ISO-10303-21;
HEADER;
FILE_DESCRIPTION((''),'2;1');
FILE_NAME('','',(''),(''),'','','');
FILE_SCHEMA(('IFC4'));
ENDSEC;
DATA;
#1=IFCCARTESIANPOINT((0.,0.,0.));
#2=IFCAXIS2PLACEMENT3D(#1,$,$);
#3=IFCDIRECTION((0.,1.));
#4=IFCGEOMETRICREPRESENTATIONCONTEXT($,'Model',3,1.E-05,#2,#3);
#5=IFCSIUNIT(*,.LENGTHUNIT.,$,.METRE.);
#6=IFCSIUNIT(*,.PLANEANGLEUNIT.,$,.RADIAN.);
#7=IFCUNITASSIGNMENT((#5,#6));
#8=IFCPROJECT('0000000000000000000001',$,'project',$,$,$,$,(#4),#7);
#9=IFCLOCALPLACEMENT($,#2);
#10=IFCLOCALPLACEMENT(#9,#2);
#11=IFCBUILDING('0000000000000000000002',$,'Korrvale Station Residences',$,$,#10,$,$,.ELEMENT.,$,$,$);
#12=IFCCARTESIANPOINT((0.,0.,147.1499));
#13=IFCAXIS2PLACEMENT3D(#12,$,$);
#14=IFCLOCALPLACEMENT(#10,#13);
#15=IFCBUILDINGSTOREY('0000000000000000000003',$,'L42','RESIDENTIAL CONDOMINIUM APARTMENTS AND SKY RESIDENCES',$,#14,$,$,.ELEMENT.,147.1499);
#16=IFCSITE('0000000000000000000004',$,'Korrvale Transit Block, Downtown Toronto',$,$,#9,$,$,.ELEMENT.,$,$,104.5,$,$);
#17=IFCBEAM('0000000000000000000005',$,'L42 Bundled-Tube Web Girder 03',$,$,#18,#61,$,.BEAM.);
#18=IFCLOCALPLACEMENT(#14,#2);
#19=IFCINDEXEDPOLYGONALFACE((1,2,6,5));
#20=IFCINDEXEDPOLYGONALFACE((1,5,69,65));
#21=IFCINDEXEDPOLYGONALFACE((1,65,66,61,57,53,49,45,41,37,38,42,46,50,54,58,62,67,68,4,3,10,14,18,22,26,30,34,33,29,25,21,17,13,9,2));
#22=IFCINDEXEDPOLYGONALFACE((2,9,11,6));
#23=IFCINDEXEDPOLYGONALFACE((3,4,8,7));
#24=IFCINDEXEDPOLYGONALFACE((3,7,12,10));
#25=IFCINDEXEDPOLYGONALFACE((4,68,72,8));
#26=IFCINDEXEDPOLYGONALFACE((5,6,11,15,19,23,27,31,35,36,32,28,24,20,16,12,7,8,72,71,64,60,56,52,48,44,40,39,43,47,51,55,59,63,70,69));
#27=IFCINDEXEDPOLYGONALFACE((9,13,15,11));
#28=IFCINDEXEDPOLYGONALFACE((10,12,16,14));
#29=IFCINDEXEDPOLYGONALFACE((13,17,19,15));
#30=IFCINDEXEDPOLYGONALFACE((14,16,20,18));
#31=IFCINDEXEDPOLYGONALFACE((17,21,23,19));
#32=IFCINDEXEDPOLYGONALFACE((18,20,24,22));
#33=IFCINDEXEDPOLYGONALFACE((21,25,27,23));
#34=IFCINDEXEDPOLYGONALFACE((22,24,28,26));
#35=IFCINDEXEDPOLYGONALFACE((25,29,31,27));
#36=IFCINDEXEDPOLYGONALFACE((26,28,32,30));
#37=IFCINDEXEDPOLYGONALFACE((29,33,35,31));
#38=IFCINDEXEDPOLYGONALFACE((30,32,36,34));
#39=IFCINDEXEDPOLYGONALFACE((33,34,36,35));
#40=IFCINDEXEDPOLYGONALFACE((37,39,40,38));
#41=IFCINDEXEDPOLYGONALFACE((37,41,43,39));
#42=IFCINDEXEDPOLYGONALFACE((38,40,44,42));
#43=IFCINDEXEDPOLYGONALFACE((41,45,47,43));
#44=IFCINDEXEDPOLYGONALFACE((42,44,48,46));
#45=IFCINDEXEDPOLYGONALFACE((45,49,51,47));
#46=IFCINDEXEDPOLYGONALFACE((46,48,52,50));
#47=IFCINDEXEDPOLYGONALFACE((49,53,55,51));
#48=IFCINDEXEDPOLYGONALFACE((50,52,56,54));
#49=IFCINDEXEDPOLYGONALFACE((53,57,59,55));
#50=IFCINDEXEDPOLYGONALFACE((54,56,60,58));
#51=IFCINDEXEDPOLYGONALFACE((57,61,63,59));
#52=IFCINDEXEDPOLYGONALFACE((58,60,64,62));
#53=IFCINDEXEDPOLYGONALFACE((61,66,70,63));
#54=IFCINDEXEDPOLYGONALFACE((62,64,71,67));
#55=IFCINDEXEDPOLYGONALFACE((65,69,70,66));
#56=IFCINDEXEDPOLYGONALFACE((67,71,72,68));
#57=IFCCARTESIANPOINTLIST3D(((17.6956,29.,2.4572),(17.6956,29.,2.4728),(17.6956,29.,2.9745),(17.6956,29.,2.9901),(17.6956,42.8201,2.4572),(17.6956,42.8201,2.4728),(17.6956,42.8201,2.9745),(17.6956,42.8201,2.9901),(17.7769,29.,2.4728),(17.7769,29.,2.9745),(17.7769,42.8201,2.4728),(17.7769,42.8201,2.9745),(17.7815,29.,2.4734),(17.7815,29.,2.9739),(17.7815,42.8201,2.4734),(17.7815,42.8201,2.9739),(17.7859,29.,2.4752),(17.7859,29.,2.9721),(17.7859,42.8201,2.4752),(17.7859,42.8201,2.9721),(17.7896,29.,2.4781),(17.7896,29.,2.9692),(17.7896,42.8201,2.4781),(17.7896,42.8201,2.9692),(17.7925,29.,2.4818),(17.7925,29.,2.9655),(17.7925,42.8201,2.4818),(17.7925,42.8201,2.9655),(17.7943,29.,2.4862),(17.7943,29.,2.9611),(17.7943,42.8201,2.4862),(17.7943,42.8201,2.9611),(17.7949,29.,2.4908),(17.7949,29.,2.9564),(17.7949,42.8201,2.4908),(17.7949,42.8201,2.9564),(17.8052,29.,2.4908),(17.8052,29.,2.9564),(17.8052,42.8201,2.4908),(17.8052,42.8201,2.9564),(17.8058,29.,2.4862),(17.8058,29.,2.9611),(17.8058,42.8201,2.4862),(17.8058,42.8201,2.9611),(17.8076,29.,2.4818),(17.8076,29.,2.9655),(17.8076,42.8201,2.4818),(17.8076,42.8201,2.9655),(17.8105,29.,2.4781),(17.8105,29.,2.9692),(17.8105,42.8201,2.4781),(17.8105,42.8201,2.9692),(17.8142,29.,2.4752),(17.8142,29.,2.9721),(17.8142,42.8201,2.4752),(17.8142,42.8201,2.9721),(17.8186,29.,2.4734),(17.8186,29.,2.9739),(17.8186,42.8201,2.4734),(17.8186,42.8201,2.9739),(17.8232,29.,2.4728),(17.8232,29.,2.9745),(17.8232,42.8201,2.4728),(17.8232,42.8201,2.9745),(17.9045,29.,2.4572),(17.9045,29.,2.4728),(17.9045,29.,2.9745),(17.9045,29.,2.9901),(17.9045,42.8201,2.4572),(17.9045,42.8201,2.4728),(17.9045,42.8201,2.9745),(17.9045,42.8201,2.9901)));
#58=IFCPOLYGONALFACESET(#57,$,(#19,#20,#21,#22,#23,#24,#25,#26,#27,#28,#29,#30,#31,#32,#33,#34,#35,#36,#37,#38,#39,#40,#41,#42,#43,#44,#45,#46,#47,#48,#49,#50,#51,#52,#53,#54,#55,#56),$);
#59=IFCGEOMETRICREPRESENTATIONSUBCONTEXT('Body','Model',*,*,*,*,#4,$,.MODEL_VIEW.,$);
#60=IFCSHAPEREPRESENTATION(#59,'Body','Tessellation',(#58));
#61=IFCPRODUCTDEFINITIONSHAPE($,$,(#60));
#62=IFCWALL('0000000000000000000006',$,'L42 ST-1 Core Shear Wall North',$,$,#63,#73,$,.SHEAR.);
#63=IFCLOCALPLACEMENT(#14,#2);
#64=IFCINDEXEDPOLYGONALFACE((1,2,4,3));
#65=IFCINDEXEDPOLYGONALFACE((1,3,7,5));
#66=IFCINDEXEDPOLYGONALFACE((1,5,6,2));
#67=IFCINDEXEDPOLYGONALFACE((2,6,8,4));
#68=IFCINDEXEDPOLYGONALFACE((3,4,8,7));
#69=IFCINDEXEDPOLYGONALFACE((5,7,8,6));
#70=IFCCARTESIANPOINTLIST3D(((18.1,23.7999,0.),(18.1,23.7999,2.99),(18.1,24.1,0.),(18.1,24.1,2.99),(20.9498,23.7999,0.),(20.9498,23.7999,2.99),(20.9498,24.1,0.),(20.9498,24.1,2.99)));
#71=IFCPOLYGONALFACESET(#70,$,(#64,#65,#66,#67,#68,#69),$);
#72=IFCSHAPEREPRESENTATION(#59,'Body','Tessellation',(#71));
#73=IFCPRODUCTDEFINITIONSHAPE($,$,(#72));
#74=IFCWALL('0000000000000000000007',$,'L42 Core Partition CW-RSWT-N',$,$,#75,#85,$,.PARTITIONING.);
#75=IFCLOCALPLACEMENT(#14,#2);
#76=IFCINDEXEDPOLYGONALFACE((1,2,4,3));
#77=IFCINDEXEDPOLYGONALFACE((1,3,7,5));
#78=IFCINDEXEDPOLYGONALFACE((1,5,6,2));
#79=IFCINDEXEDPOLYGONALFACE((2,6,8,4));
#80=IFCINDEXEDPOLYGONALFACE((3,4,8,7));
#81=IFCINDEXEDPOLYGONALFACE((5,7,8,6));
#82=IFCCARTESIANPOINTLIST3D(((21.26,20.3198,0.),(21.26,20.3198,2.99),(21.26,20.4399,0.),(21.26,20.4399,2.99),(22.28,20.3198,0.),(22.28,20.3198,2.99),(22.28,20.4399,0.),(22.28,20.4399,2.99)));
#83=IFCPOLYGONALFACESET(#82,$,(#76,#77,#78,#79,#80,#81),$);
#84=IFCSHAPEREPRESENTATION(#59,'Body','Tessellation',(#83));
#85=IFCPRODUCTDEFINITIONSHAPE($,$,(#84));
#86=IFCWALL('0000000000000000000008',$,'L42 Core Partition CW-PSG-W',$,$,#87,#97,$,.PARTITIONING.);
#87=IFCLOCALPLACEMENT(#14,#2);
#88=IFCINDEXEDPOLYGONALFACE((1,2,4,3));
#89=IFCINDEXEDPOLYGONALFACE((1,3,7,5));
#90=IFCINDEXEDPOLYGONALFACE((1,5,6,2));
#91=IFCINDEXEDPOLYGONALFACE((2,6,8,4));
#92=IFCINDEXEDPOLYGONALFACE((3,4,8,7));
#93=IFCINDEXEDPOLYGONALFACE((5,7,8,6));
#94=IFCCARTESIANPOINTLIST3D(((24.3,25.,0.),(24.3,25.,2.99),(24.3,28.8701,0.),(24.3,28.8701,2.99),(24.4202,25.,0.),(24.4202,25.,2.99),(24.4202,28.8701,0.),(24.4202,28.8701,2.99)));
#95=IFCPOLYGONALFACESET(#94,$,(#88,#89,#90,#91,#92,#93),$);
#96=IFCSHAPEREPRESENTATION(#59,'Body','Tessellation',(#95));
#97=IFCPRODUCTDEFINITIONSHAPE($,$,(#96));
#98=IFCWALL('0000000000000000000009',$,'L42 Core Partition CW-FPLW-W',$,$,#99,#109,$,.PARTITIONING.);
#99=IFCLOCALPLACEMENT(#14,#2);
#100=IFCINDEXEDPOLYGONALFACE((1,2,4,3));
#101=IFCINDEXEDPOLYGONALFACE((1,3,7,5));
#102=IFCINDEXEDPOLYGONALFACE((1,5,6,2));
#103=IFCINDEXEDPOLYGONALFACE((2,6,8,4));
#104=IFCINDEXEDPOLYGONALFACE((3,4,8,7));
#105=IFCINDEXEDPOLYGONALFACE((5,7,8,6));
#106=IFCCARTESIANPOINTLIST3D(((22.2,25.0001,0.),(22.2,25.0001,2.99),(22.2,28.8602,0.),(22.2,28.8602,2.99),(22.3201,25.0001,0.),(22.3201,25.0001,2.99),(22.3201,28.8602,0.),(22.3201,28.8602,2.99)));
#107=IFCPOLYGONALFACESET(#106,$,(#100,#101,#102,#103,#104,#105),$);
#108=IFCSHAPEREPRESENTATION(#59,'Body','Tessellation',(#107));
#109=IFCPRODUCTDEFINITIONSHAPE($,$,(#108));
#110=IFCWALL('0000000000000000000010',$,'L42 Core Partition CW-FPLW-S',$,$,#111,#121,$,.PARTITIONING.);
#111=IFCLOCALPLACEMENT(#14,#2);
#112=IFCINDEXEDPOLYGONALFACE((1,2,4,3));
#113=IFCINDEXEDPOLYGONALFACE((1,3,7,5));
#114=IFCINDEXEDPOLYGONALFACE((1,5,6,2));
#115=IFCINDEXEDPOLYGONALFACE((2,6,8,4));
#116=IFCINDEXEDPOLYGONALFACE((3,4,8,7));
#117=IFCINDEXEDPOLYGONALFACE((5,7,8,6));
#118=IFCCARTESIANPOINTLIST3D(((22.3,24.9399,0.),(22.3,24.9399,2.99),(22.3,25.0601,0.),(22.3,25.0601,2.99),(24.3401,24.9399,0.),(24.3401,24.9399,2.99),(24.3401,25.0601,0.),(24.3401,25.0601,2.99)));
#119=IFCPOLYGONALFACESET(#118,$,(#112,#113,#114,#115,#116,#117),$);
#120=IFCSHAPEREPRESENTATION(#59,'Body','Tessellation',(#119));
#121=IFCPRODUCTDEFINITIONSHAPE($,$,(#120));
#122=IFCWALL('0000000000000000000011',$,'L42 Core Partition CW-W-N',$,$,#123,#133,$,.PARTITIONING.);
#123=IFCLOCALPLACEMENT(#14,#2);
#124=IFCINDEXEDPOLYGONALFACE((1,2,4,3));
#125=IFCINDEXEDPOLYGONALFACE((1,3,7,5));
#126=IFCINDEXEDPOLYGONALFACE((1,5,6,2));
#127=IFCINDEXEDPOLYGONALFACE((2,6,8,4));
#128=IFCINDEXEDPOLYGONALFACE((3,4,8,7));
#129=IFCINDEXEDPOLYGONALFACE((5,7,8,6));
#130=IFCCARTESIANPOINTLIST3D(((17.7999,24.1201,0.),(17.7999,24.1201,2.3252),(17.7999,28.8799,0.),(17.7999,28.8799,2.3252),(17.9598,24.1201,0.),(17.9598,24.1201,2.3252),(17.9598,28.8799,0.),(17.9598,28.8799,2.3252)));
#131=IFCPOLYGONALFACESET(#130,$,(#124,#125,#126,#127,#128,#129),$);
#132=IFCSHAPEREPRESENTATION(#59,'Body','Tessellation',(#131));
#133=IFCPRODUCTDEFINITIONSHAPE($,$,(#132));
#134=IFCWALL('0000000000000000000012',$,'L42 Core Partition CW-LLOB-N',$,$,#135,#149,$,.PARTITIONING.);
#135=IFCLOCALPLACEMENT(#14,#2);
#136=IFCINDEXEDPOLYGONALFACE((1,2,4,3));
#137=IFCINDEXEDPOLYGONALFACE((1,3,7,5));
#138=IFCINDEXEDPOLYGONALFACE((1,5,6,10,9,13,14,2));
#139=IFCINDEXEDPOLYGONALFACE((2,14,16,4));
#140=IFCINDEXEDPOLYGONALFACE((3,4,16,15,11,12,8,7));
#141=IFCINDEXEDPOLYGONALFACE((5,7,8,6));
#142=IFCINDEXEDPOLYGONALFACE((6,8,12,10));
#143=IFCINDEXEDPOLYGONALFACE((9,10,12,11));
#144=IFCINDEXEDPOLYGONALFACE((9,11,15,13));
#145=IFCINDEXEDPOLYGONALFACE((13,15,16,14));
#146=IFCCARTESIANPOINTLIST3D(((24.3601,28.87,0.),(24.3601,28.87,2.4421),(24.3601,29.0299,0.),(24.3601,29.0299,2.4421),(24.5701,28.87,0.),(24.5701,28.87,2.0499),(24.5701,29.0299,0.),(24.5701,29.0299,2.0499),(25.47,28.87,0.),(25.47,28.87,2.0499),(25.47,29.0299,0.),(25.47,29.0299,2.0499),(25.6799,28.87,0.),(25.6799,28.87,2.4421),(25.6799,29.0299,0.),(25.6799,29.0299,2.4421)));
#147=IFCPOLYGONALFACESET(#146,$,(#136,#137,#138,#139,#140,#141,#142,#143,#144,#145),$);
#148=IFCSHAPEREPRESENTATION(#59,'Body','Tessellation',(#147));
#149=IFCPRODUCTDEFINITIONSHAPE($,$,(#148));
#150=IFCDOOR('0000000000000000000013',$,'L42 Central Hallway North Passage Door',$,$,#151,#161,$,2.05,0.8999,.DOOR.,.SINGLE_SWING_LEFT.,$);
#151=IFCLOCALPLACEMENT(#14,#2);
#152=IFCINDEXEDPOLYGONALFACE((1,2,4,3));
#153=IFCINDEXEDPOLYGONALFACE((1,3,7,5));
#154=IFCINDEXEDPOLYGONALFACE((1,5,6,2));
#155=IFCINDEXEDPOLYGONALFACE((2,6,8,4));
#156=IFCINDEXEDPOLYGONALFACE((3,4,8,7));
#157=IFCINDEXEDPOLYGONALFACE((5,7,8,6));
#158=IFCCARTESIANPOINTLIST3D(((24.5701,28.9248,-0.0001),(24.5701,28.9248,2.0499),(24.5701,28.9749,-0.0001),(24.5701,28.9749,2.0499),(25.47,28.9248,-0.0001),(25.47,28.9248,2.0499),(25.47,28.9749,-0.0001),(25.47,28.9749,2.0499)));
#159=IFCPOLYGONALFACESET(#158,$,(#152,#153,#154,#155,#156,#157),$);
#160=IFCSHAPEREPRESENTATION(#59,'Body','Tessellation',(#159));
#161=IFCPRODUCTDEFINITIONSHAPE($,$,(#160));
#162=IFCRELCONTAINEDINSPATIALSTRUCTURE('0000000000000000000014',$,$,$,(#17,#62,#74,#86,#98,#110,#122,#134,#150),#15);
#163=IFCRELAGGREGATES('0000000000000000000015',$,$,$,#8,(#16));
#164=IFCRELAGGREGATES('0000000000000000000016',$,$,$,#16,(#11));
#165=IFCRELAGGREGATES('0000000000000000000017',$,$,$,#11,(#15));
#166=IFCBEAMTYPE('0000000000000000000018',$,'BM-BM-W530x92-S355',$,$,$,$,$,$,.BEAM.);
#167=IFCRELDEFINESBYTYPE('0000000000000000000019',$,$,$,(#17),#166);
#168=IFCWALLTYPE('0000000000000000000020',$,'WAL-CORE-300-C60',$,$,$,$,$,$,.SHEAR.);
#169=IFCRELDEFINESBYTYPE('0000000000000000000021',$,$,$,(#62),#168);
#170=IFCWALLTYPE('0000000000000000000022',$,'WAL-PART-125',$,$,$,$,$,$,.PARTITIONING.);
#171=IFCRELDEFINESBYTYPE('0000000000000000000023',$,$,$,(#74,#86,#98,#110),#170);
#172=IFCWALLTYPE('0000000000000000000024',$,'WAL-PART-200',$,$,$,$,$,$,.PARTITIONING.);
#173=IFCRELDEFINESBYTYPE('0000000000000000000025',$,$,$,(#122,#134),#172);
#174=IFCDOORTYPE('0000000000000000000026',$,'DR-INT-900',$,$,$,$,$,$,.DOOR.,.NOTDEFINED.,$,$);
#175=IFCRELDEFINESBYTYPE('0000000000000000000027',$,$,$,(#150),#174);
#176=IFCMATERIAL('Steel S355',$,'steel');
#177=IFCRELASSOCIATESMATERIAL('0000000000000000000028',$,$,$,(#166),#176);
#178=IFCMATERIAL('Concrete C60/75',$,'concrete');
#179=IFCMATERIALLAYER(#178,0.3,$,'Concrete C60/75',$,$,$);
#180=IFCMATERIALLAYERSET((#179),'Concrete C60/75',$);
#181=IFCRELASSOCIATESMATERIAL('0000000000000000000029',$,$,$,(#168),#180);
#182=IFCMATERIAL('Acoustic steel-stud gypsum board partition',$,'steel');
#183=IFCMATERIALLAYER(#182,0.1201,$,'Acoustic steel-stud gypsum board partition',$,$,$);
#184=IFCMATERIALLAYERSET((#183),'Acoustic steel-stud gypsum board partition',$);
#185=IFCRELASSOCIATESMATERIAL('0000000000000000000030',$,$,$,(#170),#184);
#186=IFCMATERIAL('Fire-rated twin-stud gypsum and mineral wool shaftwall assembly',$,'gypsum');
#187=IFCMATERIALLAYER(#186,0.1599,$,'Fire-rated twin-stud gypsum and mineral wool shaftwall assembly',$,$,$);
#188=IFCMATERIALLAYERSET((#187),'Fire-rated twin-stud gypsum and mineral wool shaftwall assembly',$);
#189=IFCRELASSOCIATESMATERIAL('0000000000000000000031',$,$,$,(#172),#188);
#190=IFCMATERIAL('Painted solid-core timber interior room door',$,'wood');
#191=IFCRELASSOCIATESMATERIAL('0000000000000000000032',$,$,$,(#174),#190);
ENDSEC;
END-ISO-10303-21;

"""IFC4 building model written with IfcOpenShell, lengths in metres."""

from ifc_helpers import new_model, si_unit, direction, frame, frame_2d, origin, origin_2d, place, context, subcontext, project, spatial, rectangle, i_section, extrude, material, layer, layer_set, material_profile, profile_set, type_object, element, fill, save


model = new_model("IFC4")

# Units and contexts
model_context = context("Model", 3, precision=1e-05, world=origin(), true_north=direction((0.0, 1.0)))
body_context = subcontext(model_context, "Body", "Model", "MODEL_VIEW")
ifc_project = project(units=[si_unit("LENGTHUNIT", "METRE"), si_unit("PLANEANGLEUNIT", "RADIAN")], contexts=[model_context])

# Site, building, storey
site_placement = place(None, origin())
site = spatial("IfcSite", under=ifc_project, at=site_placement, Name="Korrvale Transit Block, Downtown Toronto", CompositionType="ELEMENT", RefElevation=104.5)
building_placement = place(site_placement, origin())
building = spatial("IfcBuilding", under=site, at=building_placement, Name="Korrvale Station Residences", CompositionType="ELEMENT")
storey_placement = place(building_placement, frame((0.0, 0.0, 147.1499)))
storey = spatial("IfcBuildingStorey", under=building, at=storey_placement, Name="L42", Description="RESIDENTIAL CONDOMINIUM APARTMENTS AND SKY RESIDENCES", CompositionType="ELEMENT", Elevation=147.1499)

# Beam
ifc_material_1 = material(Name="Steel S355", Category="steel")
ifc_material_profile = material_profile(ifc_material_1, i_section(OverallWidth=0.209, OverallDepth=0.533, WebThickness=0.0103, FlangeThickness=0.0156, FilletRadius=0.0181, at=origin_2d()), Name="W530x92")
ifc_profile_set = profile_set([ifc_material_profile], Name="Steel S355")
beam_type = type_object("IfcBeamType", Name="BM-BM-W530x92-S355", PredefinedType="BEAM", material=ifc_profile_set)
beam_placement = place(storey_placement, frame((17.8, 29.0, 2.7236), z_axis=(0.0, 1.0, 0.0), x_axis=(-1.0, 0.0, 0.0)))
element("IfcBeam", 1, at=beam_placement, inside=storey, type_object=beam_type, Name="L42 Bundled-Tube Web Girder 03", PredefinedType="BEAM", context=body_context, shape_type="SweptSolid", body=[
    extrude(i_section(OverallWidth=0.209, OverallDepth=0.533, WebThickness=0.0103, FlangeThickness=0.0156, FilletRadius=0.0181, at=origin_2d()), origin(), (0.0, 0.0, 1.0), 13.8201),
])

# Walls
ifc_material_2 = material(Name="Concrete C60/75", Category="concrete")
ifc_layer_1 = layer(ifc_material_2, 0.3, Name="Concrete C60/75")
ifc_layer_set_1 = layer_set([ifc_layer_1], Name="Concrete C60/75")
wall_type_1 = type_object("IfcWallType", Name="WAL-CORE-300-C60", PredefinedType="SHEAR", material=ifc_layer_set_1)
wall_1_placement = place(storey_placement, frame((18.1001, 23.95, 0.0), z_axis=(0.0, 0.0, 1.0), x_axis=(1.0, 0.0, 0.0)))
element("IfcWall", 2, at=wall_1_placement, inside=storey, type_object=wall_type_1, Name="L42 ST-1 Core Shear Wall North", PredefinedType="SHEAR", context=body_context, shape_type="SweptSolid", body=[
    extrude(rectangle(XDim=2.8499, YDim=0.3, at=frame_2d((1.4248, 0.0))), origin(), (0.0, 0.0, 1.0), 2.99),
])
ifc_material_3 = material(Name="Acoustic steel-stud gypsum board partition", Category="steel")
ifc_layer_2 = layer(ifc_material_3, 0.1201, Name="Acoustic steel-stud gypsum board partition")
ifc_layer_set_2 = layer_set([ifc_layer_2], Name="Acoustic steel-stud gypsum board partition")
wall_type_2 = type_object("IfcWallType", Name="WAL-PART-125", PredefinedType="PARTITIONING", material=ifc_layer_set_2)
wall_2_placement = place(storey_placement, frame((22.28, 20.3799, 0.0), z_axis=(0.0, 0.0, 1.0), x_axis=(-1.0, 0.0, 0.0)))
element("IfcWall", 3, at=wall_2_placement, inside=storey, type_object=wall_type_2, Name="L42 Core Partition CW-RSWT-N", PredefinedType="PARTITIONING", context=body_context, shape_type="SweptSolid", body=[
    extrude(rectangle(XDim=1.02, YDim=0.1201, at=frame_2d((0.51, 0.0))), origin(), (0.0, 0.0, 1.0), 2.99),
])
wall_3_placement = place(storey_placement, frame((24.3601, 25.0, 0.0), z_axis=(0.0, 0.0, 1.0), x_axis=(0.0, 1.0, 0.0)))
element("IfcWall", 4, at=wall_3_placement, inside=storey, type_object=wall_type_2, Name="L42 Core Partition CW-PSG-W", PredefinedType="PARTITIONING", context=body_context, shape_type="SweptSolid", body=[
    extrude(rectangle(XDim=3.8701, YDim=0.1201, at=frame_2d((1.9351, 0.0))), origin(), (0.0, 0.0, 1.0), 2.99),
])
wall_4_placement = place(storey_placement, frame((22.26, 25.0, 0.0), z_axis=(0.0, 0.0, 1.0), x_axis=(0.0, 1.0, 0.0)))
element("IfcWall", 5, at=wall_4_placement, inside=storey, type_object=wall_type_2, Name="L42 Core Partition CW-FPLW-W", PredefinedType="PARTITIONING", context=body_context, shape_type="SweptSolid", body=[
    extrude(rectangle(XDim=3.8601, YDim=0.1201, at=frame_2d((1.9302, 0.0))), origin(), (0.0, 0.0, 1.0), 2.99),
])
wall_5_placement = place(storey_placement, frame((22.3, 25.0, 0.0), z_axis=(0.0, 0.0, 1.0), x_axis=(1.0, 0.0, 0.0)))
element("IfcWall", 6, at=wall_5_placement, inside=storey, type_object=wall_type_2, Name="L42 Core Partition CW-FPLW-S", PredefinedType="PARTITIONING", context=body_context, shape_type="SweptSolid", body=[
    extrude(rectangle(XDim=2.04, YDim=0.1201, at=frame_2d((1.02, 0.0))), origin(), (0.0, 0.0, 1.0), 2.99),
])
ifc_material_4 = material(Name="Fire-rated twin-stud gypsum and mineral wool shaftwall assembly", Category="gypsum")
ifc_layer_3 = layer(ifc_material_4, 0.1599, Name="Fire-rated twin-stud gypsum and mineral wool shaftwall assembly")
ifc_layer_set_3 = layer_set([ifc_layer_3], Name="Fire-rated twin-stud gypsum and mineral wool shaftwall assembly")
wall_type_3 = type_object("IfcWallType", Name="WAL-PART-200", PredefinedType="PARTITIONING", material=ifc_layer_set_3)
wall_6_placement = place(storey_placement, frame((17.8799, 24.1201, 0.0), z_axis=(0.0, 0.0, 1.0), x_axis=(0.0, 1.0, 0.0)))
element("IfcWall", 7, at=wall_6_placement, inside=storey, type_object=wall_type_3, Name="L42 Core Partition CW-W-N", PredefinedType="PARTITIONING", context=body_context, shape_type="SweptSolid", body=[
    extrude(rectangle(XDim=4.7598, YDim=0.1599, at=frame_2d((2.3799, 0.0))), origin(), (0.0, 0.0, 1.0), 2.3252),
])

# Wall, opening, door
wall_7_placement = place(storey_placement, frame((24.3601, 28.95, 0.0), z_axis=(0.0, 0.0, 1.0), x_axis=(1.0, 0.0, 0.0)))
wall_7 = element("IfcWall", 8, at=wall_7_placement, inside=storey, type_object=wall_type_3, Name="L42 Core Partition CW-LLOB-N", PredefinedType="PARTITIONING", context=body_context, shape_type="SweptSolid", body=[
    extrude(rectangle(XDim=1.3198, YDim=0.1599, at=frame_2d((0.6599, 0.0))), origin(), (0.0, 0.0, 1.0), 2.4421),
])
opening_1_placement = place(wall_7_placement, frame((0.21, 0.0, 0.0)))
opening_1 = element("IfcOpeningElement", 9, at=opening_1_placement, cuts=wall_7, PredefinedType="OPENING", context=body_context, shape_type="SweptSolid", body=[
    extrude(rectangle(XDim=0.8999, YDim=2.05, at=frame_2d((0.45, 1.0249))), frame((0.0, 0.0898, 0.0), z_axis=(0.0, -1.0, 0.0), x_axis=(1.0, 0.0, 0.0)), (0.0, 0.0, 1.0), 0.1799),
])
ifc_material_5 = material(Name="Painted solid-core timber interior room door", Category="wood")
door_type_1 = type_object("IfcDoorType", Name="DR-INT-900", OperationType="NOTDEFINED", PredefinedType="DOOR", material=ifc_material_5)
door_1_placement = place(opening_1_placement, origin())
door_1 = element("IfcDoor", 10, at=door_1_placement, inside=storey, type_object=door_type_1, Name="L42 Central Hallway North Passage Door", OperationType="SINGLE_SWING_LEFT", OverallHeight=2.05, OverallWidth=0.8999, PredefinedType="DOOR", context=body_context, shape_type="SweptSolid", body=[
    extrude(rectangle(XDim=0.8999, YDim=2.05, at=frame_2d((0.45, 1.0249))), frame((0.0, 0.0249, 0.0), z_axis=(0.0, -1.0, 0.0), x_axis=(1.0, 0.0, 0.0)), (0.0, 0.0, 1.0), 0.05),
])
fill(opening_1, door_1)

save(model, "model.ifc")
